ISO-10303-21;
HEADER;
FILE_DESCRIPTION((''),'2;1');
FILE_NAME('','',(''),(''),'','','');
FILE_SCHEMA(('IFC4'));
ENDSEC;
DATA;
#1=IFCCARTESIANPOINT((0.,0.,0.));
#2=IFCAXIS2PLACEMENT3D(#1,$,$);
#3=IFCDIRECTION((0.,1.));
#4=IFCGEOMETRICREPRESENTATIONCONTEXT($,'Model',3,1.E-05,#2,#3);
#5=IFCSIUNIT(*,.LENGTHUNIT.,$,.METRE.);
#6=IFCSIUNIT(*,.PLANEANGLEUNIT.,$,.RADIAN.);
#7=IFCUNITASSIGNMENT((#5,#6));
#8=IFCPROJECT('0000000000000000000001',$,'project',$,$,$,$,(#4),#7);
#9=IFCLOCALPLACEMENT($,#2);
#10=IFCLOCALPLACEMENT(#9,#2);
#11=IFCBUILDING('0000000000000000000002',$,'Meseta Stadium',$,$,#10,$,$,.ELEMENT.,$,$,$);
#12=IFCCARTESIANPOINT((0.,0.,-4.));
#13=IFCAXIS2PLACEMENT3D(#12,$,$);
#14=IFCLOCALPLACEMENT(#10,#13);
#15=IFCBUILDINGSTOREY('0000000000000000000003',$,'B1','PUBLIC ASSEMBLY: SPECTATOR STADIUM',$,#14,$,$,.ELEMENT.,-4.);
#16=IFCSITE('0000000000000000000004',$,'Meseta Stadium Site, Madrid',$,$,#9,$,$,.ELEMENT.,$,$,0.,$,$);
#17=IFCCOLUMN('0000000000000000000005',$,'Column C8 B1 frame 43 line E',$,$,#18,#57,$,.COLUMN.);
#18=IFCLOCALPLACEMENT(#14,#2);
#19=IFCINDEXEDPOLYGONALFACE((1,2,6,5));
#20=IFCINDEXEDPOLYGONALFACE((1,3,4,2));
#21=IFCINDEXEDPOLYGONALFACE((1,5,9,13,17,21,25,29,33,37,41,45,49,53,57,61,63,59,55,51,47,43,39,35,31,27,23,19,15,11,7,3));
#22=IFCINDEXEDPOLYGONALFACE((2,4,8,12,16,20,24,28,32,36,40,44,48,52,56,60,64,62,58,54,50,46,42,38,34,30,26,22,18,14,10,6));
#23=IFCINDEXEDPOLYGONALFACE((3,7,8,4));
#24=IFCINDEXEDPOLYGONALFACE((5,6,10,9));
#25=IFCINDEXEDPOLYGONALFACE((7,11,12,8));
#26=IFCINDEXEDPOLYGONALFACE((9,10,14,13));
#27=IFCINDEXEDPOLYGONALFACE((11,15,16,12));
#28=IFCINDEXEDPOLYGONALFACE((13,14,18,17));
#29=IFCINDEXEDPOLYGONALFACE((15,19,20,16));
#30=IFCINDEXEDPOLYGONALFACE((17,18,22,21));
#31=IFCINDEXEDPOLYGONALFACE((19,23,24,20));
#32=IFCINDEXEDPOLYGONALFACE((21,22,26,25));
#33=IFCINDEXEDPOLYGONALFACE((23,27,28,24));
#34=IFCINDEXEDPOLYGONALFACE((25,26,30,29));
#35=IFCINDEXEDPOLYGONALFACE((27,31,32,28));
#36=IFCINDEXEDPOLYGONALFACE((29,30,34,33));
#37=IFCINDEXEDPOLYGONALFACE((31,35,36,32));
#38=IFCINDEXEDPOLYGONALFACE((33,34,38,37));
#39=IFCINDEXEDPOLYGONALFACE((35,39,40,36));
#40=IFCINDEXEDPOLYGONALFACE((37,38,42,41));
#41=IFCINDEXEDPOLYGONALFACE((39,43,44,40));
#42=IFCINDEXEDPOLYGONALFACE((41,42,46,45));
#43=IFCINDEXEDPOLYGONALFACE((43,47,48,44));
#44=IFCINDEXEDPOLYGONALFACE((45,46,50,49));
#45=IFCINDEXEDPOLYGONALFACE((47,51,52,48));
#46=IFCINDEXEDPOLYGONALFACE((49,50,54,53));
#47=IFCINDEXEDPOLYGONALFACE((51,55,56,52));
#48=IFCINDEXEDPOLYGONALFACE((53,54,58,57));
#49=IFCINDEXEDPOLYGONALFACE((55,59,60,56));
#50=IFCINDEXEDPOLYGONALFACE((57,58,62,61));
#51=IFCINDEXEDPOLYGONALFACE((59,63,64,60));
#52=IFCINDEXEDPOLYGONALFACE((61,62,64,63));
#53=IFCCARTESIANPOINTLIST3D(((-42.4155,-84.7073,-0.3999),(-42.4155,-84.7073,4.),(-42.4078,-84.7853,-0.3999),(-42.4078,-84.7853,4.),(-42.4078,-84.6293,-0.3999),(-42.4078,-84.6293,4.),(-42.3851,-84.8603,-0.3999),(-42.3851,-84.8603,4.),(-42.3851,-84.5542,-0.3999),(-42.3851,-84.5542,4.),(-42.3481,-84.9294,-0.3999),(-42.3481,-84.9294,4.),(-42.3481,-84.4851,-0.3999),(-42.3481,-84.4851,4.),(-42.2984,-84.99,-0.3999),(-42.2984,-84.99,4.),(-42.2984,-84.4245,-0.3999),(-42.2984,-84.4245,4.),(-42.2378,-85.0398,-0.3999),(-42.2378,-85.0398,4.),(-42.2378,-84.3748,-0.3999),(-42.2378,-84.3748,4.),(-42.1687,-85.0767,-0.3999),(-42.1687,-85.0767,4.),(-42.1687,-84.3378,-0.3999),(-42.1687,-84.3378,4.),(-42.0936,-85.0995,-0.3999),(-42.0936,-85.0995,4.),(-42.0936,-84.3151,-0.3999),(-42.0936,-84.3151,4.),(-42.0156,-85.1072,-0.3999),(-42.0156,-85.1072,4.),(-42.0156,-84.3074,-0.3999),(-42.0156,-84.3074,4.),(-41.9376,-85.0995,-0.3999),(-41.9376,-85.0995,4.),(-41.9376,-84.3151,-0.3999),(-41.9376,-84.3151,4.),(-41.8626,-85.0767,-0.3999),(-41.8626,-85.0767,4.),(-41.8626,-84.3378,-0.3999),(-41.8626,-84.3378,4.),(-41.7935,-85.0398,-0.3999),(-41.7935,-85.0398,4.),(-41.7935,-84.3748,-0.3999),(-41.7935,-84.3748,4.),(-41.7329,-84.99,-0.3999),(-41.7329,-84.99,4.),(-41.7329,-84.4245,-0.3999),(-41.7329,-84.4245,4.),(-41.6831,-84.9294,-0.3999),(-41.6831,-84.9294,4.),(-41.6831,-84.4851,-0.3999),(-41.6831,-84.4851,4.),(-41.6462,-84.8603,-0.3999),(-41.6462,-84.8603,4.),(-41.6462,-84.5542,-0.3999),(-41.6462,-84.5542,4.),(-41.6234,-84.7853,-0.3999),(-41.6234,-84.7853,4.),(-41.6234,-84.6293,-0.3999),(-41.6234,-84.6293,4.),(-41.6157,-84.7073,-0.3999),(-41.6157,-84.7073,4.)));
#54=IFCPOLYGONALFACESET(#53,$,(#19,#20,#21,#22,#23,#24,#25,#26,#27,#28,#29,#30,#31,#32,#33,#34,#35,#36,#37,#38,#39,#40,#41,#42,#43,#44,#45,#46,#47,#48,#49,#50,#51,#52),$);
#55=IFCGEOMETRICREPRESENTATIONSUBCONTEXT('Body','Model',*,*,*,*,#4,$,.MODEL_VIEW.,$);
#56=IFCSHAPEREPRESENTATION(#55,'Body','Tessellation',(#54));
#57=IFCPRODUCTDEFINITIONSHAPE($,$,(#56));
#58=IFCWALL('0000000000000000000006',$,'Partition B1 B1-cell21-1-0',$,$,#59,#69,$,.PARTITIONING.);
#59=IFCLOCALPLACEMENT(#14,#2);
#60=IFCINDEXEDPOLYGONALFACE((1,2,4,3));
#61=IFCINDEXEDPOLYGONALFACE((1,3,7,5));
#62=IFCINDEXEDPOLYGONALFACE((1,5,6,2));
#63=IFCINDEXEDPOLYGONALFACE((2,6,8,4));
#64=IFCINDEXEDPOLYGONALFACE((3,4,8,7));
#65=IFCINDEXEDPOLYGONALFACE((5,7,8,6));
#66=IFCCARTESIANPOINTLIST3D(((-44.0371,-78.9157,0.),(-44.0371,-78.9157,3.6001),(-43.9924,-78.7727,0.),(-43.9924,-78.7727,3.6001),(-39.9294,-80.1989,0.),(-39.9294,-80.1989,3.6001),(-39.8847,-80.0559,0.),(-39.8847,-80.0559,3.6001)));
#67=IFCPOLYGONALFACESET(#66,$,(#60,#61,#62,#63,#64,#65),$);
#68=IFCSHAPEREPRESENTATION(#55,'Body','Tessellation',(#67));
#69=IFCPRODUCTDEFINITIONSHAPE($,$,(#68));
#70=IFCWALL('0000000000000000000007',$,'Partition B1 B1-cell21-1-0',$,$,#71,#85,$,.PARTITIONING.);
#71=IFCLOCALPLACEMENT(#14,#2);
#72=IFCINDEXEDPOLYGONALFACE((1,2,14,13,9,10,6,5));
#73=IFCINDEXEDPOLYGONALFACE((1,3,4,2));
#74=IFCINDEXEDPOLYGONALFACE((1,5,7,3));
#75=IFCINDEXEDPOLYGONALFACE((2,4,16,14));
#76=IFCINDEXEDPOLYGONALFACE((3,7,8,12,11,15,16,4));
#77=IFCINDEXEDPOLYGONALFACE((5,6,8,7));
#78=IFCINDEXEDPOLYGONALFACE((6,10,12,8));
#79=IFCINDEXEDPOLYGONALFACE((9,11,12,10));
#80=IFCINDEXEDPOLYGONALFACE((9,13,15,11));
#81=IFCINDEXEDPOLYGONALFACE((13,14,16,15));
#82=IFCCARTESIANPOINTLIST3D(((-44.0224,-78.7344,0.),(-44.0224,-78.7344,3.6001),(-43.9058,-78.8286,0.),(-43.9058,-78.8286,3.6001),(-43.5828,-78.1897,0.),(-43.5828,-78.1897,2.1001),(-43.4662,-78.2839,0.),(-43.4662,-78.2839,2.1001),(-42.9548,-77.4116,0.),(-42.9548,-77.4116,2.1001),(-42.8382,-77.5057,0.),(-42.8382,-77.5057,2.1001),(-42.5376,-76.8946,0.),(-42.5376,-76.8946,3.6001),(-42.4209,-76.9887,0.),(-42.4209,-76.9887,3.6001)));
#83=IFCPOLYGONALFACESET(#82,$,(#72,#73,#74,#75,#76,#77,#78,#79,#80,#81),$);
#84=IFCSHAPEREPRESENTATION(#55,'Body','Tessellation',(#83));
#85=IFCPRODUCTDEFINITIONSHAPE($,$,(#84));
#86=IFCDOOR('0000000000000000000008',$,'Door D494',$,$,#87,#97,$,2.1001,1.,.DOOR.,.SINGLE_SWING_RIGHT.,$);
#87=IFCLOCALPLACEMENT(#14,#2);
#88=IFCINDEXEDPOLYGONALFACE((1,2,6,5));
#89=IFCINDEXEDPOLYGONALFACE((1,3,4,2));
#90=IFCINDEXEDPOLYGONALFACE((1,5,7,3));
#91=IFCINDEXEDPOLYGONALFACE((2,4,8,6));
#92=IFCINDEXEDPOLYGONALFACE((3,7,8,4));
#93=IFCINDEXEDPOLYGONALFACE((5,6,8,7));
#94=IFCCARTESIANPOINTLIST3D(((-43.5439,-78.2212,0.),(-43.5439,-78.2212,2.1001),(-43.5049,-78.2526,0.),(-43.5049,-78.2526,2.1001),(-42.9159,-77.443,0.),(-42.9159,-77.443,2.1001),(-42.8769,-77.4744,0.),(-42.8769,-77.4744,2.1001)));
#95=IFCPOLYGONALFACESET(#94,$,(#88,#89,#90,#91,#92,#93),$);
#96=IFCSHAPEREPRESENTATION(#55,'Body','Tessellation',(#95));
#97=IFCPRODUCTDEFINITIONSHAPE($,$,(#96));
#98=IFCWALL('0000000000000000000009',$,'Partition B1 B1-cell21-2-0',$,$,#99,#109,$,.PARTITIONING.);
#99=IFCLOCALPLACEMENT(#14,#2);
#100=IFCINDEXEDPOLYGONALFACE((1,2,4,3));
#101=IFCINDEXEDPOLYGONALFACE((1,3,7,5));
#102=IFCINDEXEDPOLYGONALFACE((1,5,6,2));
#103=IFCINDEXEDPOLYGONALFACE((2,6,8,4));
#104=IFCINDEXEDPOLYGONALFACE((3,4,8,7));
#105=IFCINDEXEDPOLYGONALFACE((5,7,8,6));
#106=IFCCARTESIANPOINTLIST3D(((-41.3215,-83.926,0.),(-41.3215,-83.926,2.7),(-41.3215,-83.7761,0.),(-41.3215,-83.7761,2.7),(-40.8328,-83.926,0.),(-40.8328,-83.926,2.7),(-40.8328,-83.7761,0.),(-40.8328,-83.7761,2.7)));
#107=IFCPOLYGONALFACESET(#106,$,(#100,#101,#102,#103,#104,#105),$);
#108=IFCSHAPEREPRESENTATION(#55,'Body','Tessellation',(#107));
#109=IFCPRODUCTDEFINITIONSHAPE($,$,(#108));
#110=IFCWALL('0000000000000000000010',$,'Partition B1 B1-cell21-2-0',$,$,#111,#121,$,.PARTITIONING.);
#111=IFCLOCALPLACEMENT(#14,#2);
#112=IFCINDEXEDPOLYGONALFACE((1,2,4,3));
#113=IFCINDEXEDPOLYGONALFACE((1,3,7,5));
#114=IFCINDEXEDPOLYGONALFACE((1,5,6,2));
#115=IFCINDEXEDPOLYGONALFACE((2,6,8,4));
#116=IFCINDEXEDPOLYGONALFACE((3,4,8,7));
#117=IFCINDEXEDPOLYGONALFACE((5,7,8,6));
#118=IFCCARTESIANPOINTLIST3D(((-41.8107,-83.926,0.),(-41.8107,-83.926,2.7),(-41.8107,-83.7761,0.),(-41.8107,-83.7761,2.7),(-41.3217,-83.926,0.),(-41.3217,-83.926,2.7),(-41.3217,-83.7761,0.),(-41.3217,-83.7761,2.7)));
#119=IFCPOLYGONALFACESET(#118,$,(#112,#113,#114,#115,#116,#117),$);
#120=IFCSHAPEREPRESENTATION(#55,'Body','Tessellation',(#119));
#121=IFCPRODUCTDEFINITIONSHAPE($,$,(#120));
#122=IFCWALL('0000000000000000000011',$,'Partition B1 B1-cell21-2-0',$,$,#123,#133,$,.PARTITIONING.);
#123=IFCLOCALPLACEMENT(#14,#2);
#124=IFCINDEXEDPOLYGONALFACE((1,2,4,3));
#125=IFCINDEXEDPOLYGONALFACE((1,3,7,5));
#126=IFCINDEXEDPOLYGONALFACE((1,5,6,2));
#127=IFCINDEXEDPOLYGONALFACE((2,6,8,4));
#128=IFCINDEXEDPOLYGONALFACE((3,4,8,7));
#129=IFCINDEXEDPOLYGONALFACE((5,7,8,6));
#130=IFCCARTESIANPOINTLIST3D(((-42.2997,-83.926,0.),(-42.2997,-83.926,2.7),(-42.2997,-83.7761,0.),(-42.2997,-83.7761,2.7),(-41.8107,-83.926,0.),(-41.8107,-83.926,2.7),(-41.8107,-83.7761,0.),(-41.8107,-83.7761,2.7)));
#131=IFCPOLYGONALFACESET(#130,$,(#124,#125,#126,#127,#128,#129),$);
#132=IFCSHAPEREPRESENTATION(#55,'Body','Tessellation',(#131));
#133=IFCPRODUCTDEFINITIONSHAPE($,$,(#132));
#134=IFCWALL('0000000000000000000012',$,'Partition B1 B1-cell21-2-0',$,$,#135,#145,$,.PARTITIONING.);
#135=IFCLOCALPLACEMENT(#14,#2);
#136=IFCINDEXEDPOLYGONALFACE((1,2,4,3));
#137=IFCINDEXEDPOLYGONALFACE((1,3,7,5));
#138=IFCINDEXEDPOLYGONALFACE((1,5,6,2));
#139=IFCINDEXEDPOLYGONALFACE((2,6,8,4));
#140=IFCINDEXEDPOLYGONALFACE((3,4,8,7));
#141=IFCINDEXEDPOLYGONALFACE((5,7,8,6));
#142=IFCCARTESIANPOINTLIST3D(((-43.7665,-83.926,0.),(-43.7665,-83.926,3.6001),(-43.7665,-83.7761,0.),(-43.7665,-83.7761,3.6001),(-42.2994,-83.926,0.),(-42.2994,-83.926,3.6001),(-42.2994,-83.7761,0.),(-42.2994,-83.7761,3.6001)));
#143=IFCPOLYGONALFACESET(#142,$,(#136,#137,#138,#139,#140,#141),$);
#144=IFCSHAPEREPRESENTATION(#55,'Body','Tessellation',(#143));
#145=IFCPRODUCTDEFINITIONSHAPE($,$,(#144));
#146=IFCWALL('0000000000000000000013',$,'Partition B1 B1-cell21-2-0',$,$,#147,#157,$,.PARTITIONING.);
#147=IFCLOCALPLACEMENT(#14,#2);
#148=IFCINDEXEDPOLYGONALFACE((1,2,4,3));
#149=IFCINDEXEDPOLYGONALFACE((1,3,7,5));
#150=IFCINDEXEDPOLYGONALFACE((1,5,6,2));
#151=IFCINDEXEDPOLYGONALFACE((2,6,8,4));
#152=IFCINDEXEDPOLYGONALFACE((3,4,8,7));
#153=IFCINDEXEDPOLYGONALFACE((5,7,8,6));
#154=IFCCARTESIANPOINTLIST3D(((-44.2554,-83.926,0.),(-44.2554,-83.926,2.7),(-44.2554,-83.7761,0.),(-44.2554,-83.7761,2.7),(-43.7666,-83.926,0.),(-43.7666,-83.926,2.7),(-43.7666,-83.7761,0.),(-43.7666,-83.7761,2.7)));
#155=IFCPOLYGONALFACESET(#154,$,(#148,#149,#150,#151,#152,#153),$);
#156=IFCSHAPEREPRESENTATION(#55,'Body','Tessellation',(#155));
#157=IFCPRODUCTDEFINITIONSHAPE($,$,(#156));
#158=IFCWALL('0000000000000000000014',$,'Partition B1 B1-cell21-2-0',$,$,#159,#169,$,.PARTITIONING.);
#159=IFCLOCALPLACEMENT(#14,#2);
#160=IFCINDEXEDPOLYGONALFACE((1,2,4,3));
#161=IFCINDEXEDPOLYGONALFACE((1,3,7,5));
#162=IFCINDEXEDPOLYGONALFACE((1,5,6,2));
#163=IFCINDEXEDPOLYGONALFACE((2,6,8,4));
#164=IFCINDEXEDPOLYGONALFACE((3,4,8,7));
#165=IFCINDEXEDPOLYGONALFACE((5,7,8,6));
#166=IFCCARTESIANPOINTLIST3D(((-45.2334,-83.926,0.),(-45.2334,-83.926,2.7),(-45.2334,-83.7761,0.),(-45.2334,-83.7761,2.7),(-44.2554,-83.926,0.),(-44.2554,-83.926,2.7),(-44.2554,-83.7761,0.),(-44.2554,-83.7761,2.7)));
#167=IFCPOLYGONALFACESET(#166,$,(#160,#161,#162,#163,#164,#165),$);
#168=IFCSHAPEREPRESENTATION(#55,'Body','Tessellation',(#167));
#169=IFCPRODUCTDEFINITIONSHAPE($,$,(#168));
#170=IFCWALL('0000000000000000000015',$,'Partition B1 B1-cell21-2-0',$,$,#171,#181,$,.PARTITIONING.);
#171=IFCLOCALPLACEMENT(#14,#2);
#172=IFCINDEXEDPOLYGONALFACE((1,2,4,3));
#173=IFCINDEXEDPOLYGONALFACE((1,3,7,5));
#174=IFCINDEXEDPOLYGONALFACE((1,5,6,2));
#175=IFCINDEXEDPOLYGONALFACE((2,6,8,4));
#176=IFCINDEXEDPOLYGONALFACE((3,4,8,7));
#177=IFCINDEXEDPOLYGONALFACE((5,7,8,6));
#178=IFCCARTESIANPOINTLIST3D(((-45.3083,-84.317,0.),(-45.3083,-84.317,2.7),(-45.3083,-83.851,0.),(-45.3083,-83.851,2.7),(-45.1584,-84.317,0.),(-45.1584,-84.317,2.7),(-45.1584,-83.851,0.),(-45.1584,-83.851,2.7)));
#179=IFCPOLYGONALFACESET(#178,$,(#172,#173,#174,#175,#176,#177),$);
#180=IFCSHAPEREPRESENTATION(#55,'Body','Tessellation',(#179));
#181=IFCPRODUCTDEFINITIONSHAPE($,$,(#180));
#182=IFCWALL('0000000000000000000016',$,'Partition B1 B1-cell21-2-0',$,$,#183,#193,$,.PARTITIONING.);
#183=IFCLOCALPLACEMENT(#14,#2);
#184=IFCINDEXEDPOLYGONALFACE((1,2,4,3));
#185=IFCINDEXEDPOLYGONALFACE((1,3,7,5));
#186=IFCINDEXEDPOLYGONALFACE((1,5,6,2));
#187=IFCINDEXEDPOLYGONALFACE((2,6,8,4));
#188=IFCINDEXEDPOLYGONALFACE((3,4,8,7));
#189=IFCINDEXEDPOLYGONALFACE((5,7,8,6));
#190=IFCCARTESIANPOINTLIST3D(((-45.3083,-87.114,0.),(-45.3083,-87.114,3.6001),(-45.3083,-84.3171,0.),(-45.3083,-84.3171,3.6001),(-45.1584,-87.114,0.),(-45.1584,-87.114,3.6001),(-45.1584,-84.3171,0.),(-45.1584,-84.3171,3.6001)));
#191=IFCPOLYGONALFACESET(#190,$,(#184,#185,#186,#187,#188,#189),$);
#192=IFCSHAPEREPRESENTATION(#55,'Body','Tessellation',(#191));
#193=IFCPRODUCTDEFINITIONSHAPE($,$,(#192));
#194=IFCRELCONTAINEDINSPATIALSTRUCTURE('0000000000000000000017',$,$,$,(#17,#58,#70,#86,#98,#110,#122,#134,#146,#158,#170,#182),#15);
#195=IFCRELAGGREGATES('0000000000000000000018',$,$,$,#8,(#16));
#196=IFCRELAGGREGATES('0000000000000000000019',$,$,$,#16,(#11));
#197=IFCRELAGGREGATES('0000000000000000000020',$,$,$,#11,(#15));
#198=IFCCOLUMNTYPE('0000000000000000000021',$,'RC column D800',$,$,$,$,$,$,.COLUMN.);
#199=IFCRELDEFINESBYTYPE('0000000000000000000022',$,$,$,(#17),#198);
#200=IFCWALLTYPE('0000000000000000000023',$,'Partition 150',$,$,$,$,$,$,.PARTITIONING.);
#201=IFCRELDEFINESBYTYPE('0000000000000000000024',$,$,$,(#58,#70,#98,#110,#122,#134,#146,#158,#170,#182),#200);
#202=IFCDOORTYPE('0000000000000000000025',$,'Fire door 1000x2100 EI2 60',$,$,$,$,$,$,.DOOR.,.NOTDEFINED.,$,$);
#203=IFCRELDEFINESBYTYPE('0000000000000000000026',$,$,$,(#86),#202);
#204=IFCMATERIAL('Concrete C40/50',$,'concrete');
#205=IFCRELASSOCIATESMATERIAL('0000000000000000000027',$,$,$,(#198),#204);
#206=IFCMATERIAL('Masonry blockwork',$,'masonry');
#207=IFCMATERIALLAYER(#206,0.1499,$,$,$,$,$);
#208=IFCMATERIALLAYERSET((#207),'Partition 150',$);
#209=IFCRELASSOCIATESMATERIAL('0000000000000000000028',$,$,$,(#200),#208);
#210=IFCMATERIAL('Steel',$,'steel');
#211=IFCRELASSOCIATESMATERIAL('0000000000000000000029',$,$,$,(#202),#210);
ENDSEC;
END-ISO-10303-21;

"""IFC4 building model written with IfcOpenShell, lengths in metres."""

from ifc_helpers import new_model, si_unit, direction, frame, frame_2d, origin, origin_2d, place, context, subcontext, project, spatial, rectangle, circle, extrude, material, layer, layer_set, material_profile, profile_set, type_object, element, fill, save


model = new_model("IFC4")

# Units and contexts
model_context = context("Model", 3, precision=1e-05, world=origin(), true_north=direction((0.0, 1.0)))
body_context = subcontext(model_context, "Body", "Model", "MODEL_VIEW")
ifc_project = project(units=[si_unit("LENGTHUNIT", "METRE"), si_unit("PLANEANGLEUNIT", "RADIAN")], contexts=[model_context])

# Site, building, storey
site_placement = place(None, origin())
site = spatial("IfcSite", under=ifc_project, at=site_placement, Name="Meseta Stadium Site, Madrid", CompositionType="ELEMENT", RefElevation=0.0)
building_placement = place(site_placement, origin())
building = spatial("IfcBuilding", under=site, at=building_placement, Name="Meseta Stadium", CompositionType="ELEMENT")
storey_placement = place(building_placement, frame((0.0, 0.0, -4.0)))
storey = spatial("IfcBuildingStorey", under=building, at=storey_placement, Name="B1", Description="PUBLIC ASSEMBLY: SPECTATOR STADIUM", CompositionType="ELEMENT", Elevation=-4.0)

# Column
ifc_material_1 = material(Name="Concrete C40/50", Category="concrete")
ifc_material_profile = material_profile(ifc_material_1, circle(Radius=0.3999, at=origin_2d()), Name="RC D800")
ifc_profile_set = profile_set([ifc_material_profile], Name="Concrete C40/50")
column_type = type_object("IfcColumnType", Name="RC column D800", PredefinedType="COLUMN", material=ifc_profile_set)
column_placement = place(storey_placement, frame((-42.0156, -84.7073, -0.3999), z_axis=(0.0, 0.0, 1.0), x_axis=(1.0, 0.0, 0.0)))
element("IfcColumn", 1, at=column_placement, inside=storey, type_object=column_type, Name="Column C8 B1 frame 43 line E", PredefinedType="COLUMN", context=body_context, shape_type="SweptSolid", body=[
    extrude(circle(Radius=0.3999, at=origin_2d()), origin(), (0.0, 0.0, 1.0), 4.3999),
])

# Wall
ifc_material_2 = material(Name="Masonry blockwork", Category="masonry")
ifc_layer = layer(ifc_material_2, 0.1499)
ifc_layer_set = layer_set([ifc_layer], Name="Partition 150")
wall_type = type_object("IfcWallType", Name="Partition 150", PredefinedType="PARTITIONING", material=ifc_layer_set)
wall_1_placement = place(storey_placement, frame((-39.907, -80.1274, 0.0), z_axis=(0.0, 0.0, 1.0), x_axis=(-0.954509, 0.298181, 0.0)))
element("IfcWall", 2, at=wall_1_placement, inside=storey, type_object=wall_type, Name="Partition B1 B1-cell21-1-0", PredefinedType="PARTITIONING", context=body_context, shape_type="SweptSolid", body=[
    extrude(rectangle(XDim=4.3035, YDim=0.1499, at=frame_2d((2.1519, 0.0))), origin(), (0.0, 0.0, 1.0), 3.6001),
])

# Wall, opening, door
wall_2_placement = place(storey_placement, frame((-43.9641, -78.7815, 0.0), z_axis=(0.0, 0.0, 1.0), x_axis=(0.628039, 0.778182, 0.0)))
wall_2 = element("IfcWall", 3, at=wall_2_placement, inside=storey, type_object=wall_type, Name="Partition B1 B1-cell21-1-0", PredefinedType="PARTITIONING", context=body_context, shape_type="SweptSolid", body=[
    extrude(rectangle(XDim=2.3643, YDim=0.1499, at=frame_2d((1.1821, 0.0))), origin(), (0.0, 0.0, 1.0), 3.6001),
])
opening_placement = place(wall_2_placement, frame((0.7, 0.0, 0.0)))
opening = element("IfcOpeningElement", 4, at=opening_placement, cuts=wall_2, PredefinedType="OPENING", context=body_context, shape_type="SweptSolid", body=[
    extrude(rectangle(XDim=1.0, YDim=2.1001, at=frame_2d((0.5, 1.05))), frame((0.0, 0.085, 0.0), z_axis=(0.0, -1.0, 0.0), x_axis=(1.0, 0.0, 0.0)), (0.0, 0.0, 1.0), 0.1699),
])
ifc_material_3 = material(Name="Steel", Category="steel")
door_type = type_object("IfcDoorType", Name="Fire door 1000x2100 EI2 60", OperationType="NOTDEFINED", PredefinedType="DOOR", material=ifc_material_3)
door_placement = place(opening_placement, origin())
door = element("IfcDoor", 5, at=door_placement, inside=storey, type_object=door_type, Name="Door D494", OperationType="SINGLE_SWING_RIGHT", OverallHeight=2.1001, OverallWidth=1.0, PredefinedType="DOOR", context=body_context, shape_type="SweptSolid", body=[
    extrude(rectangle(XDim=1.0, YDim=2.1001, at=frame_2d((0.5, 1.05))), frame((0.0, 0.0249, 0.0), z_axis=(0.0, -1.0, 0.0), x_axis=(1.0, 0.0, 0.0)), (0.0, 0.0, 1.0), 0.05),
])
fill(opening, door)

# Walls
wall_3_placement = place(storey_placement, frame((-40.8328, -83.8511, 0.0), z_axis=(0.0, 0.0, 1.0), x_axis=(-1.0, 0.0, 0.0)))
element("IfcWall", 6, at=wall_3_placement, inside=storey, type_object=wall_type, Name="Partition B1 B1-cell21-2-0", PredefinedType="PARTITIONING", context=body_context, shape_type="SweptSolid", body=[
    extrude(rectangle(XDim=0.4888, YDim=0.1499, at=frame_2d((0.2444, 0.0))), origin(), (0.0, 0.0, 1.0), 2.7),
])
for number, where, z_axis, x_axis, name in (
    (7, (-41.3215, -83.8511, 0.0), (0.0, 0.0, 1.0), (-1.0, 0.0, 0.0), "Partition B1 B1-cell21-2-0"),
    (8, (-41.8105, -83.8511, 0.0), (0.0, 0.0, 1.0), (-1.0, 0.0, 0.0), "Partition B1 B1-cell21-2-0"),
):
    element("IfcWall", number, at=place(storey_placement, frame(where, z_axis=z_axis, x_axis=x_axis)), inside=storey, type_object=wall_type, Name=name, PredefinedType="PARTITIONING", context=body_context, shape_type="SweptSolid", body=[
        extrude(rectangle(XDim=0.489, YDim=0.1499, at=frame_2d((0.2446, 0.0))), origin(), (0.0, 0.0, 1.0), 2.7),
    ])
wall_4_placement = place(storey_placement, frame((-42.2996, -83.8511, 0.0), z_axis=(0.0, 0.0, 1.0), x_axis=(-1.0, 0.0, 0.0)))
element("IfcWall", 9, at=wall_4_placement, inside=storey, type_object=wall_type, Name="Partition B1 B1-cell21-2-0", PredefinedType="PARTITIONING", context=body_context, shape_type="SweptSolid", body=[
    extrude(rectangle(XDim=1.467, YDim=0.1499, at=frame_2d((0.7334, 0.0))), origin(), (0.0, 0.0, 1.0), 3.6001),
])
wall_5_placement = place(storey_placement, frame((-43.7666, -83.8511, 0.0), z_axis=(0.0, 0.0, 1.0), x_axis=(-1.0, 0.0, 0.0)))
element("IfcWall", 10, at=wall_5_placement, inside=storey, type_object=wall_type, Name="Partition B1 B1-cell21-2-0", PredefinedType="PARTITIONING", context=body_context, shape_type="SweptSolid", body=[
    extrude(rectangle(XDim=0.4888, YDim=0.1499, at=frame_2d((0.2444, 0.0))), origin(), (0.0, 0.0, 1.0), 2.7),
])
wall_6_placement = place(storey_placement, frame((-44.2554, -83.8511, 0.0), z_axis=(0.0, 0.0, 1.0), x_axis=(-1.0, 0.0, 0.0)))
element("IfcWall", 11, at=wall_6_placement, inside=storey, type_object=wall_type, Name="Partition B1 B1-cell21-2-0", PredefinedType="PARTITIONING", context=body_context, shape_type="SweptSolid", body=[
    extrude(rectangle(XDim=0.978, YDim=0.1499, at=frame_2d((0.489, 0.0))), origin(), (0.0, 0.0, 1.0), 2.7),
])
wall_7_placement = place(storey_placement, frame((-45.2334, -83.8511, 0.0), z_axis=(0.0, 0.0, 1.0), x_axis=(0.0, -1.0, 0.0)))
element("IfcWall", 12, at=wall_7_placement, inside=storey, type_object=wall_type, Name="Partition B1 B1-cell21-2-0", PredefinedType="PARTITIONING", context=body_context, shape_type="SweptSolid", body=[
    extrude(rectangle(XDim=0.4661, YDim=0.1499, at=frame_2d((0.2329, 0.0))), origin(), (0.0, 0.0, 1.0), 2.7),
])
wall_8_placement = place(storey_placement, frame((-45.2334, -84.3171, 0.0), z_axis=(0.0, 0.0, 1.0), x_axis=(0.0, -1.0, 0.0)))
element("IfcWall", 13, at=wall_8_placement, inside=storey, type_object=wall_type, Name="Partition B1 B1-cell21-2-0", PredefinedType="PARTITIONING", context=body_context, shape_type="SweptSolid", body=[
    extrude(rectangle(XDim=2.7969, YDim=0.1499, at=frame_2d((1.3984, 0.0))), origin(), (0.0, 0.0, 1.0), 3.6001),
])

save(model, "model.ifc")
